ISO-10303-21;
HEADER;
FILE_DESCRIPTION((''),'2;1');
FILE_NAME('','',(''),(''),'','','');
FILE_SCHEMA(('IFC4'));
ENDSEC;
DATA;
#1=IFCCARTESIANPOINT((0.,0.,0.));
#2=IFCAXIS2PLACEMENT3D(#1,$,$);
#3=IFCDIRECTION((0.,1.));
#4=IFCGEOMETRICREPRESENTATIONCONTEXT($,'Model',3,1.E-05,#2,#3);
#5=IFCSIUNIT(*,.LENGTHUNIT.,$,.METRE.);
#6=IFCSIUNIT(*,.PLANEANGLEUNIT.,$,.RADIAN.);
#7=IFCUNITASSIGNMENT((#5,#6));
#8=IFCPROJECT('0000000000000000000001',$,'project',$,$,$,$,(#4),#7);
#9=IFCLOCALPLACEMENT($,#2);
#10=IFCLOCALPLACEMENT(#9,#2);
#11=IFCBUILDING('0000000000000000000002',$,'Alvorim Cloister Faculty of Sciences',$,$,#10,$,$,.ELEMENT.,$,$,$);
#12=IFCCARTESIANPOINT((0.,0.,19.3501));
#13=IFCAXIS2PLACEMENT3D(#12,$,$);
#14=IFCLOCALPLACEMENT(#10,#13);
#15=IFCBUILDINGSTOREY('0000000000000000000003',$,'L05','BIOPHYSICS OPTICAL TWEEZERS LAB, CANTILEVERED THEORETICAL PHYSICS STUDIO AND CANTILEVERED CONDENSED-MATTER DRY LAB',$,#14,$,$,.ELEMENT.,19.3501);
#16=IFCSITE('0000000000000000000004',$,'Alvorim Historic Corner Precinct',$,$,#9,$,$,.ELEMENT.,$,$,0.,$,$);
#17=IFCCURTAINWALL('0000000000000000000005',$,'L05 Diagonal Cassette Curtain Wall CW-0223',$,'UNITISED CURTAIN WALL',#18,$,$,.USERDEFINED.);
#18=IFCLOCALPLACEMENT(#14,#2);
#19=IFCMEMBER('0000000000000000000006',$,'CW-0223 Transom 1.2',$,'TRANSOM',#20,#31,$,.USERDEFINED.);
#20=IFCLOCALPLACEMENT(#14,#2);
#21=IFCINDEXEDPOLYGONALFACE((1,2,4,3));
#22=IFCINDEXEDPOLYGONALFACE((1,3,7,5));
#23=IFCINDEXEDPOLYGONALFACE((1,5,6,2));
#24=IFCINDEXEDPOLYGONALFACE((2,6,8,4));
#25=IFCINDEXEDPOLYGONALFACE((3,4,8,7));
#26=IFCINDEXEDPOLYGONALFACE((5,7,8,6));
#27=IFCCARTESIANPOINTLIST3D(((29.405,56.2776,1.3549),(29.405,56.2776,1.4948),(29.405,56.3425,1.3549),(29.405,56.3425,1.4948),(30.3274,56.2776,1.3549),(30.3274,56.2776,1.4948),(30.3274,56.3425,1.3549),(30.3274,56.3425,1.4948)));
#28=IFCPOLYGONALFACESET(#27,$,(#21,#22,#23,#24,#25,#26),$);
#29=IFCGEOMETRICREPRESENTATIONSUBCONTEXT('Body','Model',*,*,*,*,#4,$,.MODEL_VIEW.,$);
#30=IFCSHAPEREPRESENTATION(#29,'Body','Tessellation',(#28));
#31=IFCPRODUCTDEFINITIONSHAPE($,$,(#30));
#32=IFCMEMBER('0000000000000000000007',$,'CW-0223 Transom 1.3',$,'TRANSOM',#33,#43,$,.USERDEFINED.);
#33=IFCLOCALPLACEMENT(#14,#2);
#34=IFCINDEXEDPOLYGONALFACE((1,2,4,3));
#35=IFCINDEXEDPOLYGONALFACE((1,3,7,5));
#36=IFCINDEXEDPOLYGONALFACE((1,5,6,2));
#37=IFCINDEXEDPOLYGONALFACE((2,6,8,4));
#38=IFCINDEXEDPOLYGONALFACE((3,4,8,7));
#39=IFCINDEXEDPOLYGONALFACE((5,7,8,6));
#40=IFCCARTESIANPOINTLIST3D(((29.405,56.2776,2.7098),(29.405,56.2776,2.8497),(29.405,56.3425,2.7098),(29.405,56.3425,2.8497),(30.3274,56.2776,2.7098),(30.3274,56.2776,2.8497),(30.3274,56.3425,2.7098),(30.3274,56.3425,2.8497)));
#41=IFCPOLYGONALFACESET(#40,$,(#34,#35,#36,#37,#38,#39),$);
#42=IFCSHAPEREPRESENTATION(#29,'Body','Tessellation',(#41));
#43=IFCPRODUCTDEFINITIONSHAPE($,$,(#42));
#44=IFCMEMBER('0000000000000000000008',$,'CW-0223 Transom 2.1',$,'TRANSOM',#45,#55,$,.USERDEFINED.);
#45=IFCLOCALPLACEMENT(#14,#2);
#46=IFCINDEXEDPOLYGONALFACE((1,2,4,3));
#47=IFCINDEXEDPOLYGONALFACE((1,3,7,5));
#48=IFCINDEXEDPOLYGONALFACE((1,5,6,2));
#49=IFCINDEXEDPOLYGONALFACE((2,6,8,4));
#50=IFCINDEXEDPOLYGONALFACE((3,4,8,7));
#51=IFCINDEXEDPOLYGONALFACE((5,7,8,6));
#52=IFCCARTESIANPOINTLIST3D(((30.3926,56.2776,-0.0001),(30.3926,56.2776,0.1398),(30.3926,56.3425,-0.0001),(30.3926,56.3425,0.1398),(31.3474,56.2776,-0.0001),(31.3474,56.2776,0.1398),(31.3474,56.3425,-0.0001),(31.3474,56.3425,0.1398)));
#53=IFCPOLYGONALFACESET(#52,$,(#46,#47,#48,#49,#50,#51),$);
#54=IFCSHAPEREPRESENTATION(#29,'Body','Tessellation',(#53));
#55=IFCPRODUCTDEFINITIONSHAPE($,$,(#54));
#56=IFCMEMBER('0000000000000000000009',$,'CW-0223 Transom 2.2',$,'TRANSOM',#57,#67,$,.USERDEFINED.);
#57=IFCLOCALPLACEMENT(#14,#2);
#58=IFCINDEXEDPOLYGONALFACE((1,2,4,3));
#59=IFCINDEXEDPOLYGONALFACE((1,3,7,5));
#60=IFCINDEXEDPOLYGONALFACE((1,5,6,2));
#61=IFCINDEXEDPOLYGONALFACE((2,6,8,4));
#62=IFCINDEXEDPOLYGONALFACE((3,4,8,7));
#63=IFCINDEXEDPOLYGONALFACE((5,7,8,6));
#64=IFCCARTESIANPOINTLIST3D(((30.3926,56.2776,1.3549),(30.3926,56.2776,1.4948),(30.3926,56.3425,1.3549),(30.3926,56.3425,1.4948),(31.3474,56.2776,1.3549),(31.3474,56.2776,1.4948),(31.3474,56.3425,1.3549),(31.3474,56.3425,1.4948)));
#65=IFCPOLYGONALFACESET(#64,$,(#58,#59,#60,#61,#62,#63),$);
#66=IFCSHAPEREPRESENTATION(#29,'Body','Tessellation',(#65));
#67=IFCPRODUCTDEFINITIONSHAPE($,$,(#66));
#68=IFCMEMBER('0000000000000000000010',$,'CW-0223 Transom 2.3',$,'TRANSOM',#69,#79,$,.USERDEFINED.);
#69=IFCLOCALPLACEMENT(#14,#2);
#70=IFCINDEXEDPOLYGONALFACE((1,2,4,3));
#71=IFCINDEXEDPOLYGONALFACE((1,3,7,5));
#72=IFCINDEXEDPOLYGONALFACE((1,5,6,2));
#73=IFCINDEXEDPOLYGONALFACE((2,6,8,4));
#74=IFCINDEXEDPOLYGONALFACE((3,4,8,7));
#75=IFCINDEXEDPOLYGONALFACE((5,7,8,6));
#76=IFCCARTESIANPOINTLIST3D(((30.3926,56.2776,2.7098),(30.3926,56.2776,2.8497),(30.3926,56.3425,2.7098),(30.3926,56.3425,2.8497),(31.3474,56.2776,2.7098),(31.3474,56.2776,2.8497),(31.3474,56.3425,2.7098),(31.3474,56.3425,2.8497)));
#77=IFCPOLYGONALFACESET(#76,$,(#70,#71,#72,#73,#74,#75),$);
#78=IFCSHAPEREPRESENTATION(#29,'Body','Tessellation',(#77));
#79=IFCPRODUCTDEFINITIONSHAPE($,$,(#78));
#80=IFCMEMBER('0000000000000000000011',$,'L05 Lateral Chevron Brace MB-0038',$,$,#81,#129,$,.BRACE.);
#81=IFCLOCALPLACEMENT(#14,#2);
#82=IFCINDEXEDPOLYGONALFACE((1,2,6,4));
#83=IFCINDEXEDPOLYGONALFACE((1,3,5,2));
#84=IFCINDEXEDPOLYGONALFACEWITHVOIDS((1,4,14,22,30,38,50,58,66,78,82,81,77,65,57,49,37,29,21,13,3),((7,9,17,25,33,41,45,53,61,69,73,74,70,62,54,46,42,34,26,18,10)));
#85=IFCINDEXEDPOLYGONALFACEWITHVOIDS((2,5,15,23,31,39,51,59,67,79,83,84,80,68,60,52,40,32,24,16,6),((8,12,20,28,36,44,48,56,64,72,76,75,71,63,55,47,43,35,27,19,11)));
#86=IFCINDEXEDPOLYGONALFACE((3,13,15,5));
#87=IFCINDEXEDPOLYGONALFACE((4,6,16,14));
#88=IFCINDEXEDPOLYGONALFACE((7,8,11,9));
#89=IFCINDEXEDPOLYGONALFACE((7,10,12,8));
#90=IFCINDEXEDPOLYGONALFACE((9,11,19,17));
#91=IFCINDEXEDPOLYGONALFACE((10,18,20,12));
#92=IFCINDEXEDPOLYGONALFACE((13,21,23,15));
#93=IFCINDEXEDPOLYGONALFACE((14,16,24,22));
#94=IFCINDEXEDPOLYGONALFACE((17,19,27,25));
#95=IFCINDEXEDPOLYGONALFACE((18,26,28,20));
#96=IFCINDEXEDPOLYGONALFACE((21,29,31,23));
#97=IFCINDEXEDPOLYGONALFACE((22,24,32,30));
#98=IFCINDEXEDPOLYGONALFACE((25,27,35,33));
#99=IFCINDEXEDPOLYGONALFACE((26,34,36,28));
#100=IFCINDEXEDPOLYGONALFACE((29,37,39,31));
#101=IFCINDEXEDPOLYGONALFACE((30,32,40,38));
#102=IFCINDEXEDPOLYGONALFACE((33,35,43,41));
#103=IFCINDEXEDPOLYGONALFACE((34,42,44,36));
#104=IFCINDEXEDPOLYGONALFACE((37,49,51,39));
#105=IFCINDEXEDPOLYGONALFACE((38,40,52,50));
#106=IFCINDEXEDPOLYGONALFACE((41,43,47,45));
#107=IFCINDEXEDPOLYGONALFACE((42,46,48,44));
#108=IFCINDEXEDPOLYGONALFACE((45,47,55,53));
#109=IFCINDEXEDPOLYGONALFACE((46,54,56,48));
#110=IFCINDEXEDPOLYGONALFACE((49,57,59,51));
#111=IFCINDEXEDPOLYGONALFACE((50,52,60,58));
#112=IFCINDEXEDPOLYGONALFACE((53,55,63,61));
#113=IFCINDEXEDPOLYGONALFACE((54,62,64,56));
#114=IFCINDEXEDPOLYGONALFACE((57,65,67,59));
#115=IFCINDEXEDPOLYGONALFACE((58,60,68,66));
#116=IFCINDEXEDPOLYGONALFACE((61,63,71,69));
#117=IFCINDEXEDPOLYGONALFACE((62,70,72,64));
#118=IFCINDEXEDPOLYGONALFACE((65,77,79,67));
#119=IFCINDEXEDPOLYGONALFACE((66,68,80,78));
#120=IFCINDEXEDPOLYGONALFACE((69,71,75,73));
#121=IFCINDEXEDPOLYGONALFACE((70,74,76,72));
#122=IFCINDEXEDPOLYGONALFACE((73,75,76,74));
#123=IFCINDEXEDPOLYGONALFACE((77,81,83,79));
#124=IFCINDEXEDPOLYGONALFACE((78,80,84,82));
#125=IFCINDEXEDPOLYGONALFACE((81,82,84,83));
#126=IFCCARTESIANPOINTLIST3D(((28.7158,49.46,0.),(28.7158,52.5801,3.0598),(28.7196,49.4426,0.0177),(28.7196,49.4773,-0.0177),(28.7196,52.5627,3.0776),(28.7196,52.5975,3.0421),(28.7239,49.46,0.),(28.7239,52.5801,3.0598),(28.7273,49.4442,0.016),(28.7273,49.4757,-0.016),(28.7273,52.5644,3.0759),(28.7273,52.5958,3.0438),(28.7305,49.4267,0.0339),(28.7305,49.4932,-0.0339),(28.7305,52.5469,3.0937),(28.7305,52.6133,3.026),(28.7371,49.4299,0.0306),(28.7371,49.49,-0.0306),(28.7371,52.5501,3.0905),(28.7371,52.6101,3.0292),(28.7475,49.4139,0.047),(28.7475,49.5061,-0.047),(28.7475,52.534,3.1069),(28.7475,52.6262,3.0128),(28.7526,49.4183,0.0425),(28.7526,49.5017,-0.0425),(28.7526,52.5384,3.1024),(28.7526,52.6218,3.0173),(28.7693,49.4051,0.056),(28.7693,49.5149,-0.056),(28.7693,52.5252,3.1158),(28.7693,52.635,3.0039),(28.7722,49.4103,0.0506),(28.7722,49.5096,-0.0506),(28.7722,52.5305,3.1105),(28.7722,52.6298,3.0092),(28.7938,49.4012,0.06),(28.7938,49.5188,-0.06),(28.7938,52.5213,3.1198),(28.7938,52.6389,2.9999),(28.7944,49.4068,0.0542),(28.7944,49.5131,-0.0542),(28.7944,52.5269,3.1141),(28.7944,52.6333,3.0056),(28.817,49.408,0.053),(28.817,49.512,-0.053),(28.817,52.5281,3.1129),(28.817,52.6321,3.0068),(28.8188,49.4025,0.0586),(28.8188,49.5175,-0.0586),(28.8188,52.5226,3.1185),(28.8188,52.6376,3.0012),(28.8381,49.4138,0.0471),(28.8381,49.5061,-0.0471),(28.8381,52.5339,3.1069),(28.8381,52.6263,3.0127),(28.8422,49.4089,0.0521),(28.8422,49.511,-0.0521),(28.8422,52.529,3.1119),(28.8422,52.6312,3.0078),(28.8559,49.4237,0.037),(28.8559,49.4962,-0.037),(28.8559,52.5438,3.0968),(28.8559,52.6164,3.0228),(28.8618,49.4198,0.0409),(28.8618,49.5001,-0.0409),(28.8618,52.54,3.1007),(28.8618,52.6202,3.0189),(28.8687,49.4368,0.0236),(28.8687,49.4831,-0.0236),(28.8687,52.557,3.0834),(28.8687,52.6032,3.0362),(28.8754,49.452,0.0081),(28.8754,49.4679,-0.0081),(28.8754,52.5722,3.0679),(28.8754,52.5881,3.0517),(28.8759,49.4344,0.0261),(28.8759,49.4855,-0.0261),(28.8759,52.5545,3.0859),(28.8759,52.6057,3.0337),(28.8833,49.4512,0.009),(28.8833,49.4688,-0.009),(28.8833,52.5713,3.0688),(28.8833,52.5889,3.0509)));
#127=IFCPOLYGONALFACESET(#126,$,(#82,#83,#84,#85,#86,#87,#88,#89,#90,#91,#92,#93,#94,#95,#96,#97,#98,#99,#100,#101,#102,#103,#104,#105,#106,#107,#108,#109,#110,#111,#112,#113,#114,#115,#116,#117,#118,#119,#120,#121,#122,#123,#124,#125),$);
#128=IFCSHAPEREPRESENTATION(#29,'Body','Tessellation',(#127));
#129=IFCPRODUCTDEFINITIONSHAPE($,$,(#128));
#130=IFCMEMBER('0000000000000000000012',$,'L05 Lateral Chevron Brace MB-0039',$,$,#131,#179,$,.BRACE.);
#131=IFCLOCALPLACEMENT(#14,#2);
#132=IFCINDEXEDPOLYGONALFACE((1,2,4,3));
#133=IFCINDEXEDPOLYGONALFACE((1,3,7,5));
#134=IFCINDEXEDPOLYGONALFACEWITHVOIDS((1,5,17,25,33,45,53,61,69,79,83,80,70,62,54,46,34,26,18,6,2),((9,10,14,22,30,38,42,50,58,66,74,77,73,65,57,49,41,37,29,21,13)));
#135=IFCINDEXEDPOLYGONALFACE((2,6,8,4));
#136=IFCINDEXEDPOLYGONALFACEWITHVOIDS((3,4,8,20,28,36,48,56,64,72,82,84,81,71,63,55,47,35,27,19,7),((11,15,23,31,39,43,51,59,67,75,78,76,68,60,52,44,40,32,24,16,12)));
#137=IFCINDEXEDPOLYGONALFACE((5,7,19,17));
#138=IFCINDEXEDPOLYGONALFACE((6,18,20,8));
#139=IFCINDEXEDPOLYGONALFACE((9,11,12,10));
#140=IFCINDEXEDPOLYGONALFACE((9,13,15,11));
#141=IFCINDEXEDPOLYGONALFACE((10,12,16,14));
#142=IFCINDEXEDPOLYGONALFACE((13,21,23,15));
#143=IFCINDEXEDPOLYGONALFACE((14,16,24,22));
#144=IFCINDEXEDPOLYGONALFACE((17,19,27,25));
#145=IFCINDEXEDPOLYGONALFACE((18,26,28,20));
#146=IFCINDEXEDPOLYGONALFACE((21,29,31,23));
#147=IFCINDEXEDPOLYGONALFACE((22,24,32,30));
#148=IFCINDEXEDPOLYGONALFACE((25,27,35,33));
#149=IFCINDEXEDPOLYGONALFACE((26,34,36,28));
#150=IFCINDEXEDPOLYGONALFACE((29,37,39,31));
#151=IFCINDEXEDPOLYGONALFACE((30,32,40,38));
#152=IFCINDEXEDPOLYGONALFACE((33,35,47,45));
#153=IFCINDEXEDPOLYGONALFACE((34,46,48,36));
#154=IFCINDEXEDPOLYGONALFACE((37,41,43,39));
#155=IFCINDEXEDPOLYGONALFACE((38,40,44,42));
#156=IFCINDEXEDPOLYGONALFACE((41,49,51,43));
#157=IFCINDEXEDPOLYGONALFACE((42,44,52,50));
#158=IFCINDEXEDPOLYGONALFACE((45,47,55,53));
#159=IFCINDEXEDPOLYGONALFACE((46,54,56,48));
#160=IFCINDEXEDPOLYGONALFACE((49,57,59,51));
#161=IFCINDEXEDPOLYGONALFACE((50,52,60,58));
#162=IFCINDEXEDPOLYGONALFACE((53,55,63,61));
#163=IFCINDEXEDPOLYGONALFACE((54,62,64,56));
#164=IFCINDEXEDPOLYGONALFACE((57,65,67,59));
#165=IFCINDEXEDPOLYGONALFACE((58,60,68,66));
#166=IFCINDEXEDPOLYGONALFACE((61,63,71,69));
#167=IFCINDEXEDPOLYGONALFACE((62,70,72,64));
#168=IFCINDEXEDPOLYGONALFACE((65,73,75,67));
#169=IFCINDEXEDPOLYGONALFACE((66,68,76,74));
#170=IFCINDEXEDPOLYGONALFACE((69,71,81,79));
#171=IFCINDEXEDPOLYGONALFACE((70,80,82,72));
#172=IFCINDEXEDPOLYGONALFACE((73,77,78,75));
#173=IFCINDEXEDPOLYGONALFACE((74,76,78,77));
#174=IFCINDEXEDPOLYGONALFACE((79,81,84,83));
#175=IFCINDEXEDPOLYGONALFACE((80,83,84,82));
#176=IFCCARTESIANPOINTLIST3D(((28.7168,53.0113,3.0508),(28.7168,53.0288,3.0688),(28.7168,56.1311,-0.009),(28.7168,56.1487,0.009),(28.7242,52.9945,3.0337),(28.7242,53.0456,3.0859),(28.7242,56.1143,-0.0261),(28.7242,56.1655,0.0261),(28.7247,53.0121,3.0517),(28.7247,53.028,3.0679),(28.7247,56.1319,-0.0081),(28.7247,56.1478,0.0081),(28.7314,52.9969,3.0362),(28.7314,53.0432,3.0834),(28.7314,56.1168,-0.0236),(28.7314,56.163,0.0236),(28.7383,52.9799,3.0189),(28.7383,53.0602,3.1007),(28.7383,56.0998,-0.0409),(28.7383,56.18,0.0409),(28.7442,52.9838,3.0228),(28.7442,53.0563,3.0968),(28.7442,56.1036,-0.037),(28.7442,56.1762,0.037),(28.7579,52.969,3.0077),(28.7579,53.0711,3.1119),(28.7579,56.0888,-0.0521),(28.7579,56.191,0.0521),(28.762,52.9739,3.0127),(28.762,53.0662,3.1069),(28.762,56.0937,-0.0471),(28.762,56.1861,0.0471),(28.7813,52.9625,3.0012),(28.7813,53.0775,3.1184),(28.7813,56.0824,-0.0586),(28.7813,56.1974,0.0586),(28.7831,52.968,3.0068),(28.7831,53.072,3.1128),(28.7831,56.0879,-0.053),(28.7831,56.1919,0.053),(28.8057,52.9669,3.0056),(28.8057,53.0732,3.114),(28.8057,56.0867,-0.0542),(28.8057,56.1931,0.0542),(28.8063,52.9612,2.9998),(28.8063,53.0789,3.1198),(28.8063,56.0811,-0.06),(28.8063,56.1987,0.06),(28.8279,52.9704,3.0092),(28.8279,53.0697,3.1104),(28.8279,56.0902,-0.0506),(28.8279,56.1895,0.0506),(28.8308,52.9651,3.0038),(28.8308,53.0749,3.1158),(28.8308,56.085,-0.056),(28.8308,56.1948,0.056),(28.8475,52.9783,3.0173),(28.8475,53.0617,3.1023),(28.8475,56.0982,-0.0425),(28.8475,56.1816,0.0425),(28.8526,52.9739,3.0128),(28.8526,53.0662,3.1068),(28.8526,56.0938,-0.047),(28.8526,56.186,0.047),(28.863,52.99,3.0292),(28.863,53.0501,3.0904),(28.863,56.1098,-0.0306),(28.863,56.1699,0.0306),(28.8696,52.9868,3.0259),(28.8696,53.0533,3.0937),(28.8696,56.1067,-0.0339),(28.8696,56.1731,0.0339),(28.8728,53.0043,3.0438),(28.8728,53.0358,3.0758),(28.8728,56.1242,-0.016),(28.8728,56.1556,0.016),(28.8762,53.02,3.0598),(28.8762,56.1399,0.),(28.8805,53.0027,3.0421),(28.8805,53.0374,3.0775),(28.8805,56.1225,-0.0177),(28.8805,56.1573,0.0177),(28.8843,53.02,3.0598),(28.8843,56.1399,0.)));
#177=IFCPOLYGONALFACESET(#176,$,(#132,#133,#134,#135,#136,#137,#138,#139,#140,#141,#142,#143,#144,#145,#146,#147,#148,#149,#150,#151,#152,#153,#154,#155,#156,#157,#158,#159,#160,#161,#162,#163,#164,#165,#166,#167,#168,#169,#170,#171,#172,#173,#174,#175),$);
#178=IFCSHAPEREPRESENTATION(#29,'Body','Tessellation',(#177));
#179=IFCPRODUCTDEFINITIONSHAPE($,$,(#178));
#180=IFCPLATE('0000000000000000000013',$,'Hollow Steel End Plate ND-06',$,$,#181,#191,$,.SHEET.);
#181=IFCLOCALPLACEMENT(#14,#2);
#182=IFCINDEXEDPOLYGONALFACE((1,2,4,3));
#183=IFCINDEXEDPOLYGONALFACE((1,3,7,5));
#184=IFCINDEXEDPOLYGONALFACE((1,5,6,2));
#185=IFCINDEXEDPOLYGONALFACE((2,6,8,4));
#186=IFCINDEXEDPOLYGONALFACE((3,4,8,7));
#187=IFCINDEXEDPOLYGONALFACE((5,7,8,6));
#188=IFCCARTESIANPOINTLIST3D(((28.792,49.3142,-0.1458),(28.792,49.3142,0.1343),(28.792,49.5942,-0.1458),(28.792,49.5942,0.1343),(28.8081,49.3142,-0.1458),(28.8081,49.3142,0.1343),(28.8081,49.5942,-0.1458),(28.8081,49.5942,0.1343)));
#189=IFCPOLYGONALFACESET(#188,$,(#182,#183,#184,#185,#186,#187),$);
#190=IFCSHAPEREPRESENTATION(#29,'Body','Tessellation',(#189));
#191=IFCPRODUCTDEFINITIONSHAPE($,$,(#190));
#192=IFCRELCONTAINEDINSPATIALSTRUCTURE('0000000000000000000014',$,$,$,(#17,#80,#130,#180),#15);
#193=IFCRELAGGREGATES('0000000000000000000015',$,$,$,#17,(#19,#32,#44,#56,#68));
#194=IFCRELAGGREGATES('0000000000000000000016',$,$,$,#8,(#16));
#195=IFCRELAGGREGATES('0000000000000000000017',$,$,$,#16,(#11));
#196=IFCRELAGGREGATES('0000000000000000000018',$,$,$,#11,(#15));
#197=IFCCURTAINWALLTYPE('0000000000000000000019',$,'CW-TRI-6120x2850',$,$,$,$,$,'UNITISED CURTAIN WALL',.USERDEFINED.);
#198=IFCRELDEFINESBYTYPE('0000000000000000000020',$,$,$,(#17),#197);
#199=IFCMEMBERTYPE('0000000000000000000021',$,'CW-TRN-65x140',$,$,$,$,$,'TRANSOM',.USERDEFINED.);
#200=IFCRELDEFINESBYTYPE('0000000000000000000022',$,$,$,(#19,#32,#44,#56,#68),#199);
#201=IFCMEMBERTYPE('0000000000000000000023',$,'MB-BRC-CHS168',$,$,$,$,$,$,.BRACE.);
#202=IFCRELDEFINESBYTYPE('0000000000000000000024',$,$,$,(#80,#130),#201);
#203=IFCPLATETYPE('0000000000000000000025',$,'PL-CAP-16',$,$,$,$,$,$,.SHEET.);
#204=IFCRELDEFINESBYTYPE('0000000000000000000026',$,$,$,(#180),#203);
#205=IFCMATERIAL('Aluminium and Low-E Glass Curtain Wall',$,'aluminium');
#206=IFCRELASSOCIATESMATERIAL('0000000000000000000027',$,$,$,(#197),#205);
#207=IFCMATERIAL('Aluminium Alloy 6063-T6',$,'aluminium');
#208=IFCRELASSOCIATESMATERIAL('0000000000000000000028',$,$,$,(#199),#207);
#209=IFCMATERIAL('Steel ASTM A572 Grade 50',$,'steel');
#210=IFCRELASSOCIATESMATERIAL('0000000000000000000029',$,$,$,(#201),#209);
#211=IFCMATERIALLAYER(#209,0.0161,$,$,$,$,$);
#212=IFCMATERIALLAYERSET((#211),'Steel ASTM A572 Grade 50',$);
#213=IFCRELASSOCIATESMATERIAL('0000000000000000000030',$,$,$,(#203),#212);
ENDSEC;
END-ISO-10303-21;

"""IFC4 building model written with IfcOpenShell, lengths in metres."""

from ifc_helpers import new_model, si_unit, direction, frame, origin, origin_2d, place, context, subcontext, project, spatial, polyline, rectangle, hollow_circle, outline, extrude, material, layer, layer_set, material_profile, profile_set, type_object, element, aggregate, save


model = new_model("IFC4")

# Units and contexts
model_context = context("Model", 3, precision=1e-05, world=origin(), true_north=direction((0.0, 1.0)))
body_context = subcontext(model_context, "Body", "Model", "MODEL_VIEW")
ifc_project = project(units=[si_unit("LENGTHUNIT", "METRE"), si_unit("PLANEANGLEUNIT", "RADIAN")], contexts=[model_context])

# Site, building, storey
site_placement = place(None, origin())
site = spatial("IfcSite", under=ifc_project, at=site_placement, Name="Alvorim Historic Corner Precinct", CompositionType="ELEMENT", RefElevation=0.0)
building_placement = place(site_placement, origin())
building = spatial("IfcBuilding", under=site, at=building_placement, Name="Alvorim Cloister Faculty of Sciences", CompositionType="ELEMENT")
storey_placement = place(building_placement, frame((0.0, 0.0, 19.3501)))
storey = spatial("IfcBuildingStorey", under=building, at=storey_placement, Name="L05", Description="BIOPHYSICS OPTICAL TWEEZERS LAB, CANTILEVERED THEORETICAL PHYSICS STUDIO AND CANTILEVERED CONDENSED-MATTER DRY LAB", CompositionType="ELEMENT", Elevation=19.3501)

# Curtain wall, members
ifc_material_1 = material(Name="Aluminium and Low-E Glass Curtain Wall", Category="aluminium")
curtain_wall_type = type_object("IfcCurtainWallType", Name="CW-TRI-6120x2850", ElementType="UNITISED CURTAIN WALL", PredefinedType="USERDEFINED", material=ifc_material_1)
curtain_wall_placement = place(storey_placement, origin())
curtain_wall = element("IfcCurtainWall", 1, at=curtain_wall_placement, inside=storey, type_object=curtain_wall_type, Name="L05 Diagonal Cassette Curtain Wall CW-0223", ObjectType="UNITISED CURTAIN WALL", PredefinedType="USERDEFINED")
ifc_material_2 = material(Name="Aluminium Alloy 6063-T6", Category="aluminium")
ifc_material_profile_1 = material_profile(ifc_material_2, rectangle(XDim=0.0649, YDim=0.1399, at=origin_2d()), Name="ALU-TRN-65x140")
ifc_profile_set_1 = profile_set([ifc_material_profile_1], Name="Aluminium Alloy 6063-T6")
member_type_1 = type_object("IfcMemberType", Name="CW-TRN-65x140", ElementType="TRANSOM", PredefinedType="USERDEFINED", material=ifc_profile_set_1)
member_1_placement = place(storey_placement, frame((29.405, 56.3101, 1.4248), z_axis=(1.0, 0.0, 0.0), x_axis=(0.0, 1.0, 0.0)))
member_1 = element("IfcMember", 2, at=member_1_placement, type_object=member_type_1, Name="CW-0223 Transom 1.2", ObjectType="TRANSOM", PredefinedType="USERDEFINED", context=body_context, shape_type="SweptSolid", body=[
    extrude(rectangle(XDim=0.0649, YDim=0.1399, at=origin_2d()), origin(), (0.0, 0.0, 1.0), 0.9224),
])
member_2_placement = place(storey_placement, frame((29.405, 56.3101, 2.7798), z_axis=(1.0, 0.0, 0.0), x_axis=(0.0, 1.0, 0.0)))
member_2 = element("IfcMember", 3, at=member_2_placement, type_object=member_type_1, Name="CW-0223 Transom 1.3", ObjectType="TRANSOM", PredefinedType="USERDEFINED", context=body_context, shape_type="SweptSolid", body=[
    extrude(rectangle(XDim=0.0649, YDim=0.1399, at=origin_2d()), origin(), (0.0, 0.0, 1.0), 0.9224),
])
member_3_placement = place(storey_placement, frame((30.3926, 56.3101, 0.0698), z_axis=(1.0, 0.0, 0.0), x_axis=(0.0, 1.0, 0.0)))
member_3 = element("IfcMember", 4, at=member_3_placement, type_object=member_type_1, Name="CW-0223 Transom 2.1", ObjectType="TRANSOM", PredefinedType="USERDEFINED", context=body_context, shape_type="SweptSolid", body=[
    extrude(rectangle(XDim=0.0649, YDim=0.1399, at=origin_2d()), origin(), (0.0, 0.0, 1.0), 0.9548),
])
member_4_placement = place(storey_placement, frame((30.3926, 56.3101, 1.4248), z_axis=(1.0, 0.0, 0.0), x_axis=(0.0, 1.0, 0.0)))
member_4 = element("IfcMember", 5, at=member_4_placement, type_object=member_type_1, Name="CW-0223 Transom 2.2", ObjectType="TRANSOM", PredefinedType="USERDEFINED", context=body_context, shape_type="SweptSolid", body=[
    extrude(rectangle(XDim=0.0649, YDim=0.1399, at=origin_2d()), origin(), (0.0, 0.0, 1.0), 0.9548),
])
member_5_placement = place(storey_placement, frame((30.3926, 56.3101, 2.7798), z_axis=(1.0, 0.0, 0.0), x_axis=(0.0, 1.0, 0.0)))
member_5 = element("IfcMember", 6, at=member_5_placement, type_object=member_type_1, Name="CW-0223 Transom 2.3", ObjectType="TRANSOM", PredefinedType="USERDEFINED", context=body_context, shape_type="SweptSolid", body=[
    extrude(rectangle(XDim=0.0649, YDim=0.1399, at=origin_2d()), origin(), (0.0, 0.0, 1.0), 0.9548),
])
aggregate(curtain_wall, [member_1, member_2, member_3, member_4, member_5])

# Members
ifc_material_3 = material(Name="Steel ASTM A572 Grade 50", Category="steel")
ifc_material_profile_2 = material_profile(ifc_material_3, hollow_circle(Radius=0.0842, WallThickness=0.0081, at=origin_2d()), Name="CHS168.3x8")
ifc_profile_set_2 = profile_set([ifc_material_profile_2], Name="Steel ASTM A572 Grade 50")
member_type_2 = type_object("IfcMemberType", Name="MB-BRC-CHS168", PredefinedType="BRACE", material=ifc_profile_set_2)
member_6_placement = place(storey_placement, frame((28.8, 49.46, 0.0), z_axis=(0.0, 0.713973, 0.700174), x_axis=(-1.0, 0.0, 0.0)))
element("IfcMember", 7, at=member_6_placement, inside=storey, type_object=member_type_2, Name="L05 Lateral Chevron Brace MB-0038", PredefinedType="BRACE", context=body_context, shape_type="SweptSolid", body=[
    extrude(hollow_circle(Radius=0.0842, WallThickness=0.0081, at=origin_2d()), origin(), (0.0, 0.0, 1.0), 4.3701),
])
member_7_placement = place(storey_placement, frame((28.8, 56.1399, 0.0), z_axis=(0.0, -0.713945, 0.700202), x_axis=(1.0, 0.0, 0.0)))
element("IfcMember", 8, at=member_7_placement, inside=storey, type_object=member_type_2, Name="L05 Lateral Chevron Brace MB-0039", PredefinedType="BRACE", context=body_context, shape_type="SweptSolid", body=[
    extrude(hollow_circle(Radius=0.0842, WallThickness=0.0081, at=origin_2d()), origin(), (0.0, 0.0, 1.0), 4.3699),
])

# Plate
ifc_layer_1 = layer(ifc_material_3, 0.0161)
ifc_layer_set_1 = layer_set([ifc_layer_1], Name="Steel ASTM A572 Grade 50")
plate_type = type_object("IfcPlateType", Name="PL-CAP-16", PredefinedType="SHEET", material=ifc_layer_set_1)
for number, where, z_axis, x_axis, name in (
    (9, (28.8, 49.3142, -0.1458), (0.0, 0.0, 1.0), (0.0, 1.0, 0.0), "Hollow Steel End Plate ND-06"),
):
    element("IfcPlate", number, at=place(storey_placement, frame(where, z_axis=z_axis, x_axis=x_axis)), inside=storey, type_object=plate_type, Name=name, PredefinedType="SHEET", context=body_context, shape_type="SweptSolid", body=[
        extrude(outline(polyline([(0.0, 0.0), (0.28, 0.0), (0.28, 0.28), (0.0, 0.28), (0.0, 0.0)])), frame((0.0, 0.0081, 0.0), z_axis=(0.0, -1.0, 0.0), x_axis=(1.0, 0.0, 0.0)), (0.0, 0.0, 1.0), 0.0161),
    ])

save(model, "model.ifc")
